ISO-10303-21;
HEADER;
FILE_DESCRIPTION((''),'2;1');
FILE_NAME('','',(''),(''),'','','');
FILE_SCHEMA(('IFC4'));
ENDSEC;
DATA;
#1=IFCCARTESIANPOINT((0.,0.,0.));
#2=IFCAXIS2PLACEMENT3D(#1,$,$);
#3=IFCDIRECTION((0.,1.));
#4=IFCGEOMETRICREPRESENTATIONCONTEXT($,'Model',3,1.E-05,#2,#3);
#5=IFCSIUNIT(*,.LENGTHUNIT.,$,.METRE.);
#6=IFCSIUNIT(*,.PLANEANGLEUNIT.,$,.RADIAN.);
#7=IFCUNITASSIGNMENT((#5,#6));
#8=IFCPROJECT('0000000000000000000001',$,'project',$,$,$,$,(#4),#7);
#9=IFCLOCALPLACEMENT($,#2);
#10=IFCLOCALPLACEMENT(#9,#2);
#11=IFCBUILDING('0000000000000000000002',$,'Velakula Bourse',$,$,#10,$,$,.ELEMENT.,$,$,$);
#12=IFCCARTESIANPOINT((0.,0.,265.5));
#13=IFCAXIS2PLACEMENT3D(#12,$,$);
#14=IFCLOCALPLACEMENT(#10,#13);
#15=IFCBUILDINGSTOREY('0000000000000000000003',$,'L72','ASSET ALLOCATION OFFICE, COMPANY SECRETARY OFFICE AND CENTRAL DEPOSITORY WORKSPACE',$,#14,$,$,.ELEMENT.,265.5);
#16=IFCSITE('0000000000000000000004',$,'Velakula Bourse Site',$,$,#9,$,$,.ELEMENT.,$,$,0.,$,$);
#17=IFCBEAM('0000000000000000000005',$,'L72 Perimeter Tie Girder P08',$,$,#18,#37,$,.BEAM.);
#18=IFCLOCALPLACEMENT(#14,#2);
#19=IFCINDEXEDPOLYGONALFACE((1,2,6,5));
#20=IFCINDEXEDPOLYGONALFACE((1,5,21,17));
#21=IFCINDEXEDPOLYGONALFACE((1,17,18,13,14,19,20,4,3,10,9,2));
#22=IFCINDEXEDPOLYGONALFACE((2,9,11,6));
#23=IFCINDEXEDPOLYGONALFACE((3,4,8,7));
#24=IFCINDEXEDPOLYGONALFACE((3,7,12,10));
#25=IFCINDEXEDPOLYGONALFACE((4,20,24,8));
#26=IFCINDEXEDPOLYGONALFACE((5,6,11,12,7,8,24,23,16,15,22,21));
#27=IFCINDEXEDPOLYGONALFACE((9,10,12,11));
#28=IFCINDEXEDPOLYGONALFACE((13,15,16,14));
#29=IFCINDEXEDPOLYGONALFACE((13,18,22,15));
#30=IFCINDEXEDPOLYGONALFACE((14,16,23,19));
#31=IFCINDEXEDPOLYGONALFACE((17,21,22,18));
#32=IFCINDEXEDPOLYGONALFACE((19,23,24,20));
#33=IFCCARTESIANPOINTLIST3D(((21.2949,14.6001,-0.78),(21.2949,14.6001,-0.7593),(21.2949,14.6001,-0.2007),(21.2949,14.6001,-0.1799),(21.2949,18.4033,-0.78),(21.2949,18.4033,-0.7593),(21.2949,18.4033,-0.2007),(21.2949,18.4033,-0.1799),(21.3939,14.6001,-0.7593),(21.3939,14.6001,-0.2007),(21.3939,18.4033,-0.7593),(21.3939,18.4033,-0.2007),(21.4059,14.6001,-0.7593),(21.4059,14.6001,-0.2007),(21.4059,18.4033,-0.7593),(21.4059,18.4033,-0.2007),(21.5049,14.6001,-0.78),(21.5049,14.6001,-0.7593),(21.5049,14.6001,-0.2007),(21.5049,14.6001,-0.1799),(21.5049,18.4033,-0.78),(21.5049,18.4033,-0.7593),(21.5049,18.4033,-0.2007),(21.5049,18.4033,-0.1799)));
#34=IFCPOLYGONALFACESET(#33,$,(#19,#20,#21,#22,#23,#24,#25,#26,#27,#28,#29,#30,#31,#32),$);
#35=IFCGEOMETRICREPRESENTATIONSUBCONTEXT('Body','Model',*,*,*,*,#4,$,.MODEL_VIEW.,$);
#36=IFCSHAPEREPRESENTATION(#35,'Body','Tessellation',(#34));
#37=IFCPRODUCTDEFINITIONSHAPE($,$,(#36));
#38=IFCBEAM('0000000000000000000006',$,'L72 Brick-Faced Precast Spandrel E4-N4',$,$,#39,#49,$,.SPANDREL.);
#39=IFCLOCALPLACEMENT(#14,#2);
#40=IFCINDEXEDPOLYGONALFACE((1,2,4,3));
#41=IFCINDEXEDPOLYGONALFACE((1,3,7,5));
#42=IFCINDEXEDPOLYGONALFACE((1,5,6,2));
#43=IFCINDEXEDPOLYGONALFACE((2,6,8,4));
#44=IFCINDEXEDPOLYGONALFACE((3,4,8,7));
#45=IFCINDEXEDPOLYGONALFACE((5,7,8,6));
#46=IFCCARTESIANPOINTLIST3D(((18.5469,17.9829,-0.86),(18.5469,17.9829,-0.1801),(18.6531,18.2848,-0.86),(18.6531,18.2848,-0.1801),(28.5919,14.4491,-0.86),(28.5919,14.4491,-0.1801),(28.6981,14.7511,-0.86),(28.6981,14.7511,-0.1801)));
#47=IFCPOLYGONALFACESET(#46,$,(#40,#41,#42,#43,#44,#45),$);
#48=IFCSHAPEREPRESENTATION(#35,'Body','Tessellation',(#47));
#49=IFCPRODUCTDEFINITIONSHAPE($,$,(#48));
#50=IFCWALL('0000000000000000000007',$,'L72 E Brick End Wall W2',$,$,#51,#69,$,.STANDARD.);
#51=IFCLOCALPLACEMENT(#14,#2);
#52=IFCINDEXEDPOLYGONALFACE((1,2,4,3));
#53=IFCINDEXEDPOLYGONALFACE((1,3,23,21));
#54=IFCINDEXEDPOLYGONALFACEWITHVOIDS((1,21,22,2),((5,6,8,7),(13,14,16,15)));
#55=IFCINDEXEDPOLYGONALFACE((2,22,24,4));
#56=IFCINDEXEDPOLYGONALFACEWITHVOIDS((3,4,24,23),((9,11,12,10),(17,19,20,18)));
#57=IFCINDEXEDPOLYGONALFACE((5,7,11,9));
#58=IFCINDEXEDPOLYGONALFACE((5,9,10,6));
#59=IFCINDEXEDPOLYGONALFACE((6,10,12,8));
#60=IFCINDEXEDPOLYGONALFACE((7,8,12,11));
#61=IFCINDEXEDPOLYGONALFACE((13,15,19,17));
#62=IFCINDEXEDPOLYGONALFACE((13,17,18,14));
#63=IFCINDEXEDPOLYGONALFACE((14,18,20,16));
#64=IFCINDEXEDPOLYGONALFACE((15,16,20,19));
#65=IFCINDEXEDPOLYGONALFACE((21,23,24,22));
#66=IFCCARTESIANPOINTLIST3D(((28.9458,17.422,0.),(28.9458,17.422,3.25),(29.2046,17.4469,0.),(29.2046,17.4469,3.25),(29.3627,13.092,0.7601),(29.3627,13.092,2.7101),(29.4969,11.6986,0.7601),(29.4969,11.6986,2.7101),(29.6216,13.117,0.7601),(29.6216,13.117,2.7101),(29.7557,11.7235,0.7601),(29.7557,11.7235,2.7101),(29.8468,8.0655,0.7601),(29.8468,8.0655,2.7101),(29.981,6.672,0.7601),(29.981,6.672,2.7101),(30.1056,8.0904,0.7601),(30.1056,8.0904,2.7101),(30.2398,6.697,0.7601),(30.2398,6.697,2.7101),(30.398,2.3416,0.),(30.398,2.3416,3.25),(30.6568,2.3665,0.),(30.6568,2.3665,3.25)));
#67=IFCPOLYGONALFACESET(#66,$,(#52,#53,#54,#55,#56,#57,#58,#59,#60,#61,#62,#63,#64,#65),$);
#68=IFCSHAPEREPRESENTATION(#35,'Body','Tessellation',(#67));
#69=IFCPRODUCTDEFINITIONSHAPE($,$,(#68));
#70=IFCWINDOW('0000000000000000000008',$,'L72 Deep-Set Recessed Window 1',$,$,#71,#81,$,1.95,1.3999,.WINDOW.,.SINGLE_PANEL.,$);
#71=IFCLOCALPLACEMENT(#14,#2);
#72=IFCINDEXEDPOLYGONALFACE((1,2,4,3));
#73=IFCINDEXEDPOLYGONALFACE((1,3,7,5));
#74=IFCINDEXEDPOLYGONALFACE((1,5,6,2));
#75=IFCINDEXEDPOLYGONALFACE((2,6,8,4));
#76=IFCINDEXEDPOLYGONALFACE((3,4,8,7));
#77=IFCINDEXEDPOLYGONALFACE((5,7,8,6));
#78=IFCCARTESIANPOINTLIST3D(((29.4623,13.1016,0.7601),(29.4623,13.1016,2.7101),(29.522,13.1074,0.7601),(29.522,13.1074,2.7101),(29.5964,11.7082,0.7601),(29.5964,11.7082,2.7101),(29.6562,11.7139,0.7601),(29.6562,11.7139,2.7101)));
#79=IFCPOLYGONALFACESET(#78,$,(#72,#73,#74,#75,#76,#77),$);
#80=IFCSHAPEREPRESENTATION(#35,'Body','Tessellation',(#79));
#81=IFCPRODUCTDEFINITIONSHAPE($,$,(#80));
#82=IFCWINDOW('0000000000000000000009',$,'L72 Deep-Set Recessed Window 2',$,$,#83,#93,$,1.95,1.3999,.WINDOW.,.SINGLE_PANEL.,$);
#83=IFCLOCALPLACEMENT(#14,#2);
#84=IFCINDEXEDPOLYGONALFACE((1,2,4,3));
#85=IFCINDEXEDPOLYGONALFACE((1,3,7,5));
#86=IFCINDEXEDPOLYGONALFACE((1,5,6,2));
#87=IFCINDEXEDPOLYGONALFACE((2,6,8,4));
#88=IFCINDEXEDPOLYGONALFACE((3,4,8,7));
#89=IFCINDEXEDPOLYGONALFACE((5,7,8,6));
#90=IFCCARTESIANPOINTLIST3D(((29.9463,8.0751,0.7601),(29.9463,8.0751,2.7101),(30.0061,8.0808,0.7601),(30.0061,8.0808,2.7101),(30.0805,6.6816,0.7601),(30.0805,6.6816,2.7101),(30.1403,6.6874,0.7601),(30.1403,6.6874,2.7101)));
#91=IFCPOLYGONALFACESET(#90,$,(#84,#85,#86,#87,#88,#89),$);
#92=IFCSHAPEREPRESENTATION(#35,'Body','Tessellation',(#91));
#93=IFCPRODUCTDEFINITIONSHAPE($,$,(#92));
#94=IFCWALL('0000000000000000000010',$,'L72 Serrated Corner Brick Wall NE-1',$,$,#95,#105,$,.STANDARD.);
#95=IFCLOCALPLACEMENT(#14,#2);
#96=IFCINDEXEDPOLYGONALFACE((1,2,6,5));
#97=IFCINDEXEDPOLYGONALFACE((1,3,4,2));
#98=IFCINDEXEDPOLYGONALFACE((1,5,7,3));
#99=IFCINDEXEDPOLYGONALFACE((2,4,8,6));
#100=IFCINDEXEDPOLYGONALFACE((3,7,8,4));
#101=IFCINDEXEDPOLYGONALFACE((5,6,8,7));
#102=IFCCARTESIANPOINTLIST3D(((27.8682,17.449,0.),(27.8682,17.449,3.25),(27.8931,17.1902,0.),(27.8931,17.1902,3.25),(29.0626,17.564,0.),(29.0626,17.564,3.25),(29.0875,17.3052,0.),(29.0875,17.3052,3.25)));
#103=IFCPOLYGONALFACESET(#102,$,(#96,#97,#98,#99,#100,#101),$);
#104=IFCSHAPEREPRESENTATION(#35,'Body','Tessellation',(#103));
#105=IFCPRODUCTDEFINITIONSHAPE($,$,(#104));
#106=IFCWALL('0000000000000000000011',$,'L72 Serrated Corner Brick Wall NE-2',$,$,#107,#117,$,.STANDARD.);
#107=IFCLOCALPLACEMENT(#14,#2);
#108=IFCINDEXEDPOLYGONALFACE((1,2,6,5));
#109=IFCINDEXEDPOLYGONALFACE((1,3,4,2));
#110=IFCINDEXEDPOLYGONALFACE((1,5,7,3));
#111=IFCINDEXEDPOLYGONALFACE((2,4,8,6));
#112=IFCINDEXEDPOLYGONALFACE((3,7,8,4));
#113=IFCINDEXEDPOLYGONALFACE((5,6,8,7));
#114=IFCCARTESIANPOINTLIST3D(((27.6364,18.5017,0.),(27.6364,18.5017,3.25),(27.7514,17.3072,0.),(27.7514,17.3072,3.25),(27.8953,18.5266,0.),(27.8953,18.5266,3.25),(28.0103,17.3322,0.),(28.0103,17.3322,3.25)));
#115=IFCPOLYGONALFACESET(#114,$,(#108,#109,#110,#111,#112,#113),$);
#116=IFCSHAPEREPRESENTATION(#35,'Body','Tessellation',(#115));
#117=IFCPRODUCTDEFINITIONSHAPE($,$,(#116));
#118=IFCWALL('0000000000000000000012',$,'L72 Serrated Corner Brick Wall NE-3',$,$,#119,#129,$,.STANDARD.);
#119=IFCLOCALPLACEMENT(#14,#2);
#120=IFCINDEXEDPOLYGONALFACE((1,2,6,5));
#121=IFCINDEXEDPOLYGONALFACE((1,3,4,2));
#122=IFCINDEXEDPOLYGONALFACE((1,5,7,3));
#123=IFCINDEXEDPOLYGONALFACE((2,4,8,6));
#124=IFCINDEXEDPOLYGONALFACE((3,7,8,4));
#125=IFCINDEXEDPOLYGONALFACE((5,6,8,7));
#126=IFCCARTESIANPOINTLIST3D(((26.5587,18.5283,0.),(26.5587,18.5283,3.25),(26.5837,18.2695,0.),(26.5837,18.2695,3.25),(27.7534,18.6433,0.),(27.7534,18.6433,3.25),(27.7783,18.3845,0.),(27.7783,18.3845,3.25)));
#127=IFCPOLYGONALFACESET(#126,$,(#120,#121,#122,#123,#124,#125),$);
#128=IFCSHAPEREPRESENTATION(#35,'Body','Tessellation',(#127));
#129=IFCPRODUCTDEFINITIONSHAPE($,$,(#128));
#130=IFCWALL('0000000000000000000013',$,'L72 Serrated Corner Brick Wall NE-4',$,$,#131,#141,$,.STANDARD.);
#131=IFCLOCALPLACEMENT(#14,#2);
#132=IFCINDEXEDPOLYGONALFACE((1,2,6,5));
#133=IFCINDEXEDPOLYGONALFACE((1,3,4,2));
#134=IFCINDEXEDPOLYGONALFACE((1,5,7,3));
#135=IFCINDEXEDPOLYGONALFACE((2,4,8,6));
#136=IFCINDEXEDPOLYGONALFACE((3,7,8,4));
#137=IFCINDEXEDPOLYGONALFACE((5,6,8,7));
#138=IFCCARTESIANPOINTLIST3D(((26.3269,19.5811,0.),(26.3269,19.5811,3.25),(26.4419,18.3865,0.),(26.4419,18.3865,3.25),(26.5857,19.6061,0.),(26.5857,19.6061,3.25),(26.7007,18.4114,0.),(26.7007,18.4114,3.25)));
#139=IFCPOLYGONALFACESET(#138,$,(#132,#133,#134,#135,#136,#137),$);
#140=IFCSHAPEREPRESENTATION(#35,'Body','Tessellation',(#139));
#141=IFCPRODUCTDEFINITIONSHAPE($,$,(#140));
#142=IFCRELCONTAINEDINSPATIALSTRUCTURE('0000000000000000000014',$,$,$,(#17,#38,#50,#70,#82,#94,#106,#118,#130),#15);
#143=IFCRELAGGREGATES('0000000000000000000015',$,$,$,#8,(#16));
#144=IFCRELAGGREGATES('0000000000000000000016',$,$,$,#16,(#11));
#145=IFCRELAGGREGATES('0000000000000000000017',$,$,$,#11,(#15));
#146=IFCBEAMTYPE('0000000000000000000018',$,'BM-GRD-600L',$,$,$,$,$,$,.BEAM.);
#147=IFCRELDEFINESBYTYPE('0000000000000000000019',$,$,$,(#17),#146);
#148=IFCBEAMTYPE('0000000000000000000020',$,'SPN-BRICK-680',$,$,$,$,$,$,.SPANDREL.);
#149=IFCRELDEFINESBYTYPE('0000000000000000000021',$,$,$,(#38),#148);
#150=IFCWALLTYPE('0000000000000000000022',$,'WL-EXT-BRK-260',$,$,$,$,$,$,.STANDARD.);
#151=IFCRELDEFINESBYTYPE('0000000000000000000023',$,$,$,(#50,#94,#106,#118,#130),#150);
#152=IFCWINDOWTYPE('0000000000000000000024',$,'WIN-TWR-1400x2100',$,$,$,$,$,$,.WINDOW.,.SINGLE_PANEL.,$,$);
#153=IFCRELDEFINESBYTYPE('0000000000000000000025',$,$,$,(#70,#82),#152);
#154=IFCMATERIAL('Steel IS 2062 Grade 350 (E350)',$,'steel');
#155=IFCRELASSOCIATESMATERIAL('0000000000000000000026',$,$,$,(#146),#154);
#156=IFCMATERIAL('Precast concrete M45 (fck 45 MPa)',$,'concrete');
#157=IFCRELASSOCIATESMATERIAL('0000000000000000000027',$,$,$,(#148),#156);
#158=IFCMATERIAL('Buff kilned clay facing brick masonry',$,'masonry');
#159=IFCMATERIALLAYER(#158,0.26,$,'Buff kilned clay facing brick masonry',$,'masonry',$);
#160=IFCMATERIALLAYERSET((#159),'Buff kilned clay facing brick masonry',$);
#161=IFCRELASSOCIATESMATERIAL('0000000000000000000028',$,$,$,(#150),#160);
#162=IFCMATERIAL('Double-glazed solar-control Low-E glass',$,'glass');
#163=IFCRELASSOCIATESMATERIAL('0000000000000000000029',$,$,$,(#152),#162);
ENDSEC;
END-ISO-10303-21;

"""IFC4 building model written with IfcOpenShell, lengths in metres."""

from ifc_helpers import new_model, si_unit, direction, frame, frame_2d, origin, origin_2d, place, context, subcontext, project, spatial, rectangle, i_section, extrude, material, layer, layer_set, material_profile, profile_set, type_object, element, fill, save


model = new_model("IFC4")

# Units and contexts
model_context = context("Model", 3, precision=1e-05, world=origin(), true_north=direction((0.0, 1.0)))
body_context = subcontext(model_context, "Body", "Model", "MODEL_VIEW")
ifc_project = project(units=[si_unit("LENGTHUNIT", "METRE"), si_unit("PLANEANGLEUNIT", "RADIAN")], contexts=[model_context])

# Site, building, storey
site_placement = place(None, origin())
site = spatial("IfcSite", under=ifc_project, at=site_placement, Name="Velakula Bourse Site", CompositionType="ELEMENT", RefElevation=0.0)
building_placement = place(site_placement, origin())
building = spatial("IfcBuilding", under=site, at=building_placement, Name="Velakula Bourse", CompositionType="ELEMENT")
storey_placement = place(building_placement, frame((0.0, 0.0, 265.5)))
storey = spatial("IfcBuildingStorey", under=building, at=storey_placement, Name="L72", Description="ASSET ALLOCATION OFFICE, COMPANY SECRETARY OFFICE AND CENTRAL DEPOSITORY WORKSPACE", CompositionType="ELEMENT", Elevation=265.5)

# Shared definitions
ifc_material_1 = material(Name="Steel IS 2062 Grade 350 (E350)", Category="steel")
ifc_material_2 = material(Name="Precast concrete M45 (fck 45 MPa)", Category="concrete")

# Beams
ifc_material_profile_1 = material_profile(ifc_material_1, i_section(OverallWidth=0.21, OverallDepth=0.6001, WebThickness=0.012, FlangeThickness=0.0208, at=origin_2d()), Name="Steel IS 2062 Grade 350 (E350)")
ifc_profile_set_1 = profile_set([ifc_material_profile_1], Name="Steel IS 2062 Grade 350 (E350)")
beam_type_1 = type_object("IfcBeamType", Name="BM-GRD-600L", PredefinedType="BEAM", material=ifc_profile_set_1)
beam_1_placement = place(storey_placement, frame((21.3999, 14.6001, -0.48), z_axis=(0.0, 1.0, 0.0), x_axis=(-1.0, 0.0, 0.0)))
element("IfcBeam", 1, at=beam_1_placement, inside=storey, type_object=beam_type_1, Name="L72 Perimeter Tie Girder P08", PredefinedType="BEAM", context=body_context, shape_type="SweptSolid", body=[
    extrude(i_section(OverallWidth=0.21, OverallDepth=0.6001, WebThickness=0.012, FlangeThickness=0.0208, at=origin_2d()), origin(), (0.0, 0.0, 1.0), 3.8032),
])
ifc_material_profile_2 = material_profile(ifc_material_2, rectangle(XDim=0.3201, YDim=0.6799, at=origin_2d()), Name="Precast concrete M45 (fck 45 MPa)")
ifc_profile_set_2 = profile_set([ifc_material_profile_2], Name="Precast concrete M45 (fck 45 MPa)")
beam_type_2 = type_object("IfcBeamType", Name="SPN-BRICK-680", PredefinedType="SPANDREL", material=ifc_profile_set_2)
beam_2_placement = place(storey_placement, frame((28.645, 14.6001, -0.52), z_axis=(-0.943331, 0.331853, 0.0), x_axis=(-0.331853, -0.943331, 0.0)))
element("IfcBeam", 2, at=beam_2_placement, inside=storey, type_object=beam_type_2, Name="L72 Brick-Faced Precast Spandrel E4-N4", PredefinedType="SPANDREL", context=body_context, shape_type="SweptSolid", body=[
    extrude(rectangle(XDim=0.3201, YDim=0.6799, at=origin_2d()), origin(), (0.0, 0.0, 1.0), 10.6484),
])

# Wall, openings, windows
ifc_material_3 = material(Name="Buff kilned clay facing brick masonry", Category="masonry")
ifc_layer = layer(ifc_material_3, 0.26, Name="Buff kilned clay facing brick masonry", Category="masonry")
ifc_layer_set = layer_set([ifc_layer], Name="Buff kilned clay facing brick masonry")
wall_type = type_object("IfcWallType", Name="WL-EXT-BRK-260", PredefinedType="STANDARD", material=ifc_layer_set)
wall_placement = place(storey_placement, frame((29.0752, 17.4346, 0.0), z_axis=(0.0, 0.0, 1.0), x_axis=(0.095851, -0.995396, 0.0)))
wall = element("IfcWall", 3, at=wall_placement, inside=storey, type_object=wall_type, Name="L72 E Brick End Wall W2", PredefinedType="STANDARD", context=body_context, shape_type="SweptSolid", body=[
    extrude(rectangle(XDim=15.1501, YDim=0.26, at=frame_2d((7.5752, 0.0))), origin(), (0.0, 0.0, 1.0), 3.25),
])
opening_1_placement = place(wall_placement, frame((4.3501, 0.0, 0.76)))
opening_1 = element("IfcOpeningElement", 4, at=opening_1_placement, cuts=wall, PredefinedType="OPENING", context=body_context, shape_type="SweptSolid", body=[
    extrude(rectangle(XDim=1.3999, YDim=1.95, at=frame_2d((0.7, 0.9751))), frame((0.0, 0.1399, 0.0), z_axis=(0.0, -1.0, 0.0), x_axis=(1.0, 0.0, 0.0)), (0.0, 0.0, 1.0), 0.28),
])
opening_2_placement = place(wall_placement, frame((9.3999, 0.0, 0.76)))
opening_2 = element("IfcOpeningElement", 5, at=opening_2_placement, cuts=wall, PredefinedType="OPENING", context=body_context, shape_type="SweptSolid", body=[
    extrude(rectangle(XDim=1.3999, YDim=1.95, at=frame_2d((0.7, 0.9751))), frame((0.0, 0.1399, 0.0), z_axis=(0.0, -1.0, 0.0), x_axis=(1.0, 0.0, 0.0)), (0.0, 0.0, 1.0), 0.28),
])
ifc_material_4 = material(Name="Double-glazed solar-control Low-E glass", Category="glass")
window_type = type_object("IfcWindowType", Name="WIN-TWR-1400x2100", PartitioningType="SINGLE_PANEL", PredefinedType="WINDOW", material=ifc_material_4)
window_1_placement = place(opening_1_placement, origin())
window_1 = element("IfcWindow", 6, at=window_1_placement, inside=storey, type_object=window_type, Name="L72 Deep-Set Recessed Window 1", OverallHeight=1.95, OverallWidth=1.3999, PartitioningType="SINGLE_PANEL", PredefinedType="WINDOW", context=body_context, shape_type="SweptSolid", body=[
    extrude(rectangle(XDim=1.3999, YDim=1.95, at=frame_2d((0.7, 0.9751))), frame((0.0, 0.03, 0.0), z_axis=(0.0, -1.0, 0.0), x_axis=(1.0, 0.0, 0.0)), (0.0, 0.0, 1.0), 0.0601),
])
fill(opening_1, window_1)
window_2_placement = place(opening_2_placement, origin())
window_2 = element("IfcWindow", 7, at=window_2_placement, inside=storey, type_object=window_type, Name="L72 Deep-Set Recessed Window 2", OverallHeight=1.95, OverallWidth=1.3999, PartitioningType="SINGLE_PANEL", PredefinedType="WINDOW", context=body_context, shape_type="SweptSolid", body=[
    extrude(rectangle(XDim=1.3999, YDim=1.95, at=frame_2d((0.7, 0.9751))), frame((0.0, 0.03, 0.0), z_axis=(0.0, -1.0, 0.0), x_axis=(1.0, 0.0, 0.0)), (0.0, 0.0, 1.0), 0.0601),
])
fill(opening_2, window_2)

# Walls
for number, where, z_axis, x_axis, name in (
    (8, (29.0752, 17.4346, 0.0), (0.0, 0.0, 1.0), (-0.995397, -0.095836, 0.0), "L72 Serrated Corner Brick Wall NE-1"),
    (9, (27.8809, 17.3196, 0.0), (0.0, 0.0, 1.0), (-0.095836, 0.995397, 0.0), "L72 Serrated Corner Brick Wall NE-2"),
):
    element("IfcWall", number, at=place(storey_placement, frame(where, z_axis=z_axis, x_axis=x_axis)), inside=storey, type_object=wall_type, Name=name, PredefinedType="STANDARD", context=body_context, shape_type="SweptSolid", body=[
        extrude(rectangle(XDim=1.2, YDim=0.26, at=frame_2d((0.6001, 0.0))), origin(), (0.0, 0.0, 1.0), 3.25),
    ])
for number, where, z_axis, x_axis, name in (
    (10, (27.7659, 18.5139, 0.0), (0.0, 0.0, 1.0), (-0.995399, -0.095817, 0.0), "L72 Serrated Corner Brick Wall NE-3"),
    (11, (26.5713, 18.3989, 0.0), (0.0, 0.0, 1.0), (-0.095817, 0.995399, 0.0), "L72 Serrated Corner Brick Wall NE-4"),
):
    element("IfcWall", number, at=place(storey_placement, frame(where, z_axis=z_axis, x_axis=x_axis)), inside=storey, type_object=wall_type, Name=name, PredefinedType="STANDARD", context=body_context, shape_type="SweptSolid", body=[
        extrude(rectangle(XDim=1.2002, YDim=0.26, at=frame_2d((0.6001, 0.0))), origin(), (0.0, 0.0, 1.0), 3.25),
    ])

save(model, "model.ifc")
